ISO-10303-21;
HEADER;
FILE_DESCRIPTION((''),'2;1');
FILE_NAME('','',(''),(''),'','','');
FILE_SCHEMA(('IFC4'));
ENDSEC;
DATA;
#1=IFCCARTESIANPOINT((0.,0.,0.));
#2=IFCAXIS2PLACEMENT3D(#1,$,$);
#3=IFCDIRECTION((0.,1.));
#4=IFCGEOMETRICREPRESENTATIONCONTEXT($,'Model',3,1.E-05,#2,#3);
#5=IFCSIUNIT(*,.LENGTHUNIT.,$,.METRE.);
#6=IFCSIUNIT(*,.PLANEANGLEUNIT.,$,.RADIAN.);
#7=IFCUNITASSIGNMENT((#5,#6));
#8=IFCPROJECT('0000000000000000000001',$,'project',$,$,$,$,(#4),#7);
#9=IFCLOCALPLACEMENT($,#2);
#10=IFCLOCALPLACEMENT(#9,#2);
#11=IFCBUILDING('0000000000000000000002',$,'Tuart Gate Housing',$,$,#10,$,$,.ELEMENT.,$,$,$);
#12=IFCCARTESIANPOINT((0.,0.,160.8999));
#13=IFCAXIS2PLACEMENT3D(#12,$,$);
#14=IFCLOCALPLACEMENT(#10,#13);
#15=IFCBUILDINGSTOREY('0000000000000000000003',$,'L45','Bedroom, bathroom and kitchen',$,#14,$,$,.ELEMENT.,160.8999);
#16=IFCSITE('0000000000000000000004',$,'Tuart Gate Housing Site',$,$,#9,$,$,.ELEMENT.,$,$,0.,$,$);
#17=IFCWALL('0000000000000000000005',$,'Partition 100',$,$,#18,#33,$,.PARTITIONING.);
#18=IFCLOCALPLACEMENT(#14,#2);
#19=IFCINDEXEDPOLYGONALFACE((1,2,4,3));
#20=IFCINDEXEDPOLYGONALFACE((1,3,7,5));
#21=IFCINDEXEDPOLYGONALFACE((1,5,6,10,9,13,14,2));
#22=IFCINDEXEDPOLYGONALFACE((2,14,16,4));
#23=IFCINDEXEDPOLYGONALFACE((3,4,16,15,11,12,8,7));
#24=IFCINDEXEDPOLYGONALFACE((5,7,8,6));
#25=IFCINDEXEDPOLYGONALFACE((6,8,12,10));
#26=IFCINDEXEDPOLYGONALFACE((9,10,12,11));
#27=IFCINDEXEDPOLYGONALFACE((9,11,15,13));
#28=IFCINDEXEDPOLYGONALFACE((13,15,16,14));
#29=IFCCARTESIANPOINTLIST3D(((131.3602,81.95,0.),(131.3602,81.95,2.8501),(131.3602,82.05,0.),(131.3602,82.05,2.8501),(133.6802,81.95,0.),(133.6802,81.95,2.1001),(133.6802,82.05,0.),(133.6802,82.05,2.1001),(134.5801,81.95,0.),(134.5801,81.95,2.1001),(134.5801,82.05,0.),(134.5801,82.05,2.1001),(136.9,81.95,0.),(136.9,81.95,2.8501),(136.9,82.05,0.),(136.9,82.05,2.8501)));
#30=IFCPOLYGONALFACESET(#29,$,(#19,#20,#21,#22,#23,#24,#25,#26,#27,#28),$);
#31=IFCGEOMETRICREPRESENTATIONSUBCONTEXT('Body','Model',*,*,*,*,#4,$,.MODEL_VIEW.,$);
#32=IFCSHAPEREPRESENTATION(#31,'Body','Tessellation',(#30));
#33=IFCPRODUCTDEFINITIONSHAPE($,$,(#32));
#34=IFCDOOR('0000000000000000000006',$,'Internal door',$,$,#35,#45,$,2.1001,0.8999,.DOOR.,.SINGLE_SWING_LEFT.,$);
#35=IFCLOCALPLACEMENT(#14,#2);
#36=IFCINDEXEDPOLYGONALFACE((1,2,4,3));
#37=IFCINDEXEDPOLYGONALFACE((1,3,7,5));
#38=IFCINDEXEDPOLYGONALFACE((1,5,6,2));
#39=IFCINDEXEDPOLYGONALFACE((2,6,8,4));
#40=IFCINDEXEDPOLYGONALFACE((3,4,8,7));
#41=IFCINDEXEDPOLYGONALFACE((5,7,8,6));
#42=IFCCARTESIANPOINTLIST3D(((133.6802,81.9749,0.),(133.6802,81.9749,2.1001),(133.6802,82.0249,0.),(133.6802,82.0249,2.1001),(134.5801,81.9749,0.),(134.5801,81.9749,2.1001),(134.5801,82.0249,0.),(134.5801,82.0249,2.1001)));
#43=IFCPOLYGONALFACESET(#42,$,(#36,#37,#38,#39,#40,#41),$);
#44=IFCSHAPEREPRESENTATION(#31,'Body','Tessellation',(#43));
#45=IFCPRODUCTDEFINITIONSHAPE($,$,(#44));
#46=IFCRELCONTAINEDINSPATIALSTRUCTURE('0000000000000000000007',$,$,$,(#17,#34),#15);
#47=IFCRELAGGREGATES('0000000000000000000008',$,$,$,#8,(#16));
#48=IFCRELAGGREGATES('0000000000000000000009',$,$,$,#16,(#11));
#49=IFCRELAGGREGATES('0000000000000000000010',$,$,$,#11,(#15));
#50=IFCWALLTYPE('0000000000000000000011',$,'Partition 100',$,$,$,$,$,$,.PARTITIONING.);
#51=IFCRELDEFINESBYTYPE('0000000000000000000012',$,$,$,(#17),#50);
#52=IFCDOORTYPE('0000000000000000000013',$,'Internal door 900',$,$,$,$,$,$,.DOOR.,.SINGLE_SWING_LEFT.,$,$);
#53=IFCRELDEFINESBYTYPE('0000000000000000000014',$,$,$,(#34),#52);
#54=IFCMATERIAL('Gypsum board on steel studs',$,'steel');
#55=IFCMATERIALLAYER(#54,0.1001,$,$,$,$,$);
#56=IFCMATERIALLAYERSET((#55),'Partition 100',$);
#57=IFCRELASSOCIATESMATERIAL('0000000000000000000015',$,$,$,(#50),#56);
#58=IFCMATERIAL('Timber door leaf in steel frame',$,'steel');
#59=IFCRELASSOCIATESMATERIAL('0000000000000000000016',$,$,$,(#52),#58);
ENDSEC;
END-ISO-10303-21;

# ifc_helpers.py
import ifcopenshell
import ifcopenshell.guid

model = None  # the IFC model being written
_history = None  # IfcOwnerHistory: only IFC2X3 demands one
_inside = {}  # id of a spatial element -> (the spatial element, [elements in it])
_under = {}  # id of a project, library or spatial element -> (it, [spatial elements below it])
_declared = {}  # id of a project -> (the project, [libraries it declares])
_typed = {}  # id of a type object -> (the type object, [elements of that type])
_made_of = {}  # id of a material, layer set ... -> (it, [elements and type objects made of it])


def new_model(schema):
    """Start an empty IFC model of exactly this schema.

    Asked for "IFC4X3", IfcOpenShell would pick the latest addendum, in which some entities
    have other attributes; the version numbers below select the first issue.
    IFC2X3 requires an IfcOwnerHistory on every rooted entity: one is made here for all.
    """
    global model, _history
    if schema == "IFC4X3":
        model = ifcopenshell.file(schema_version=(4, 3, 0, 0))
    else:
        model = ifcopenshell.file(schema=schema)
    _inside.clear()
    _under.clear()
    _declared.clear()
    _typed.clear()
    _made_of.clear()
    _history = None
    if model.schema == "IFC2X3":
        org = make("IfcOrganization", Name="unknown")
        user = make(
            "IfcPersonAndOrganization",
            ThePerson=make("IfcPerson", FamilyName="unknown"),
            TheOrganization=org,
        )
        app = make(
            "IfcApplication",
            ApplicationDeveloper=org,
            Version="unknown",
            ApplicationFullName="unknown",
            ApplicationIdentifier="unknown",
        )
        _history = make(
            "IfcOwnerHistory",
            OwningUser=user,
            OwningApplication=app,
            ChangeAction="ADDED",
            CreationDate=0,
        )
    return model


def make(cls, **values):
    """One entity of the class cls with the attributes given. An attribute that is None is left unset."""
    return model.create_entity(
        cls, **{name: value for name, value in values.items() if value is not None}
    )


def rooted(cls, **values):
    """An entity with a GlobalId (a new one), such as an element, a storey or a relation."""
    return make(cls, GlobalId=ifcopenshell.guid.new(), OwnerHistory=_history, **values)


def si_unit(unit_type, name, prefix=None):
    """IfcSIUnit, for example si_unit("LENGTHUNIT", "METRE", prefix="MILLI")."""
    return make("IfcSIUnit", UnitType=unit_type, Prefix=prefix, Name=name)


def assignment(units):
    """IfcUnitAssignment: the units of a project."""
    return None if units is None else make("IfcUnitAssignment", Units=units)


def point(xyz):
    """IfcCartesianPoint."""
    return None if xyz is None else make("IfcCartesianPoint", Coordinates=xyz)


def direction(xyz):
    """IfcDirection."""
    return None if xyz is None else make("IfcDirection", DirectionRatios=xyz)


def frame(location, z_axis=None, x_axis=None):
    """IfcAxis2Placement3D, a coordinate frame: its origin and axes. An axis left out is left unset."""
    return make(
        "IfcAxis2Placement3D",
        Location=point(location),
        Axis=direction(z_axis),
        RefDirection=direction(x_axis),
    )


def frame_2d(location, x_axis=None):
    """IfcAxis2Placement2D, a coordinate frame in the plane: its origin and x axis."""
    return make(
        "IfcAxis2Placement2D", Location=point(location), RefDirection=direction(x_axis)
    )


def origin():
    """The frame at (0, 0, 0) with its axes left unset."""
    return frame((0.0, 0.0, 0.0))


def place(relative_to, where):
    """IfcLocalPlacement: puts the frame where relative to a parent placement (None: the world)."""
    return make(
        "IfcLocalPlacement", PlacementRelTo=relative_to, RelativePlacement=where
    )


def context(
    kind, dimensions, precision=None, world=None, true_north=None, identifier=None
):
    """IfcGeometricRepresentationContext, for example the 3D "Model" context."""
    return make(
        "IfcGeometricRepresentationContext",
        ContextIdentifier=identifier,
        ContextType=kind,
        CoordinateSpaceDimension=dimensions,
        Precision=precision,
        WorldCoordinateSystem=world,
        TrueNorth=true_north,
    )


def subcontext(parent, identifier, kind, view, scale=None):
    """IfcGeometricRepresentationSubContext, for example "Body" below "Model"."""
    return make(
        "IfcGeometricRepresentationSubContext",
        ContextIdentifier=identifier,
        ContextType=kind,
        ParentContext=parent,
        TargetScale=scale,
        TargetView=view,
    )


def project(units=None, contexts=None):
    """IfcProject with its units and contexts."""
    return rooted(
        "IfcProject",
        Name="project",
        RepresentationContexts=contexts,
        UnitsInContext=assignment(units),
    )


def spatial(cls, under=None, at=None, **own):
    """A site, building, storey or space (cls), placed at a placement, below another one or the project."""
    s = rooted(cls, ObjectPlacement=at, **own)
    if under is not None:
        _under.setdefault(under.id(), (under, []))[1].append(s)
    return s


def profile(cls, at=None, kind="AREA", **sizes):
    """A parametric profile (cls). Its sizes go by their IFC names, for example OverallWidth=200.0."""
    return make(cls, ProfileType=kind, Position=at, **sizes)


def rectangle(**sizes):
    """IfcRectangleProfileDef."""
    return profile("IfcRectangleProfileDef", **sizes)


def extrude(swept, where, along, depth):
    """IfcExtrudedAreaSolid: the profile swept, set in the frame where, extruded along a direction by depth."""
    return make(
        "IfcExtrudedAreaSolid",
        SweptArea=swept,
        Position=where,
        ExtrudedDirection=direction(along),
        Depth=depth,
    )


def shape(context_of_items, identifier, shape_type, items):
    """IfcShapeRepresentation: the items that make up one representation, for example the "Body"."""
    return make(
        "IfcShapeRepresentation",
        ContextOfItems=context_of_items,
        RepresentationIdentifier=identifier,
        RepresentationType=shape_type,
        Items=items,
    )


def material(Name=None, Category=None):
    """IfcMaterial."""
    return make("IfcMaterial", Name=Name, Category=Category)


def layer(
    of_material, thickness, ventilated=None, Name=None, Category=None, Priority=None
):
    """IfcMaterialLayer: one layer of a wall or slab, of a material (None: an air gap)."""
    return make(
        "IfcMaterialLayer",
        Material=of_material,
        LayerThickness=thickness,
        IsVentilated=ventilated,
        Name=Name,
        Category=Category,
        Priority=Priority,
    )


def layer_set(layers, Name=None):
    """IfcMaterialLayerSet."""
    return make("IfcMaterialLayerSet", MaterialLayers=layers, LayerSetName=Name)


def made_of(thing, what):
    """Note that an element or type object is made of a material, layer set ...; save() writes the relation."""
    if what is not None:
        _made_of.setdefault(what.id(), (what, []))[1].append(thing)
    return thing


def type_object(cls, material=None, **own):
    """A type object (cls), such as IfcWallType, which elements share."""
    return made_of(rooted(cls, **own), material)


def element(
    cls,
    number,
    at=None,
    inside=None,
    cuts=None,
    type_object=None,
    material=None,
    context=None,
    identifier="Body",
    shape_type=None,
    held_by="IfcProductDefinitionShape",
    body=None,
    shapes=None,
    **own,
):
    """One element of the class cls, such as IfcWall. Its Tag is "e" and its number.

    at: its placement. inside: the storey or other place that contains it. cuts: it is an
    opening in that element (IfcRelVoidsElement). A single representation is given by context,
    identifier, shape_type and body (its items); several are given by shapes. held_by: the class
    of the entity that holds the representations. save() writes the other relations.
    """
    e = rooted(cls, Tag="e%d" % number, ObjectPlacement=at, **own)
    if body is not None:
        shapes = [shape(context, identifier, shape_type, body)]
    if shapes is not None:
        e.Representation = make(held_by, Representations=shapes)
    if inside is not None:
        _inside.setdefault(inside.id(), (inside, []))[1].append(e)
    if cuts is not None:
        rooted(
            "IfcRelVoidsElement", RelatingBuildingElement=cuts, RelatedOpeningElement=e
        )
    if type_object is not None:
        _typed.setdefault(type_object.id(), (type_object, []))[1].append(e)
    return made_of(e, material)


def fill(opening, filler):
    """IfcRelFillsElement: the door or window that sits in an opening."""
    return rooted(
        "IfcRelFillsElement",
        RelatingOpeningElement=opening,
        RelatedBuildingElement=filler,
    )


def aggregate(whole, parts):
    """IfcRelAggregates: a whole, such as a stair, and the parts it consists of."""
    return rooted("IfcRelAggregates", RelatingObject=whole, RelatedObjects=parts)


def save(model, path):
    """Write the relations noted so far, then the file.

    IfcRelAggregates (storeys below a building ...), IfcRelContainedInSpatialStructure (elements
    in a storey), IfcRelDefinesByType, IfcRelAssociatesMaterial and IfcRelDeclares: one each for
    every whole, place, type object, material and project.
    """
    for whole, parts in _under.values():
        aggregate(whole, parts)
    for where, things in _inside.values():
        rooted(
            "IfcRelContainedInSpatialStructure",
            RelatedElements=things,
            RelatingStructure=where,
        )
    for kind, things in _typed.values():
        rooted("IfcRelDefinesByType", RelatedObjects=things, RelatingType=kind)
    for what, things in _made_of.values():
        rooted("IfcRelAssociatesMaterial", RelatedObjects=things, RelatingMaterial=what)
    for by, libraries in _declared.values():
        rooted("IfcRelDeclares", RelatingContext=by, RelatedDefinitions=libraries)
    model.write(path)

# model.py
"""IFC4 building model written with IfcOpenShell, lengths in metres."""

from ifc_helpers import new_model, si_unit, direction, frame, frame_2d, origin, place, context, subcontext, project, spatial, rectangle, extrude, material, layer, layer_set, type_object, element, fill, save


model = new_model("IFC4")

# Units and contexts
model_context = context("Model", 3, precision=1e-05, world=origin(), true_north=direction((0.0, 1.0)))
body_context = subcontext(model_context, "Body", "Model", "MODEL_VIEW")
ifc_project = project(units=[si_unit("LENGTHUNIT", "METRE"), si_unit("PLANEANGLEUNIT", "RADIAN")], contexts=[model_context])

# Site, building, storey
site_placement = place(None, origin())
site = spatial("IfcSite", under=ifc_project, at=site_placement, Name="Tuart Gate Housing Site", CompositionType="ELEMENT", RefElevation=0.0)
building_placement = place(site_placement, origin())
building = spatial("IfcBuilding", under=site, at=building_placement, Name="Tuart Gate Housing", CompositionType="ELEMENT")
storey_placement = place(building_placement, frame((0.0, 0.0, 160.8999)))
storey = spatial("IfcBuildingStorey", under=building, at=storey_placement, Name="L45", Description="Bedroom, bathroom and kitchen", CompositionType="ELEMENT", Elevation=160.8999)

# Shared definitions
ifc_material_1 = material(Name="Gypsum board on steel studs", Category="steel")
ifc_layer_1 = layer(ifc_material_1, 0.1001)
ifc_layer_set_1 = layer_set([ifc_layer_1], Name="Partition 100")
wall_type_1 = type_object("IfcWallType", Name="Partition 100", PredefinedType="PARTITIONING", material=ifc_layer_set_1)

# Wall, opening, door
wall_1_placement = place(storey_placement, frame((131.3601, 82.0, 0.0), z_axis=(0.0, 0.0, 1.0), x_axis=(1.0, 0.0, 0.0)))
wall_1 = element("IfcWall", 1, at=wall_1_placement, inside=storey, type_object=wall_type_1, Name="Partition 100", PredefinedType="PARTITIONING", context=body_context, shape_type="SweptSolid", body=[
    extrude(rectangle(XDim=5.5398, YDim=0.1001, at=frame_2d((2.77, 0.0))), origin(), (0.0, 0.0, 1.0), 2.8501),
])
opening_1_placement = place(wall_1_placement, frame((2.3201, 0.0, 0.0)))
opening_1 = element("IfcOpeningElement", 2, at=opening_1_placement, cuts=wall_1, PredefinedType="OPENING", context=body_context, shape_type="SweptSolid", body=[
    extrude(rectangle(XDim=0.8999, YDim=2.1001, at=frame_2d((0.45, 1.05))), frame((0.0, 0.0601, 0.0), z_axis=(0.0, -1.0, 0.0), x_axis=(1.0, 0.0, 0.0)), (0.0, 0.0, 1.0), 0.1201),
])
ifc_material_2 = material(Name="Timber door leaf in steel frame", Category="steel")
door_type = type_object("IfcDoorType", Name="Internal door 900", OperationType="SINGLE_SWING_LEFT", PredefinedType="DOOR", material=ifc_material_2)
door_placement = place(opening_1_placement, origin())
door = element("IfcDoor", 3, at=door_placement, inside=storey, type_object=door_type, Name="Internal door", OperationType="SINGLE_SWING_LEFT", OverallHeight=2.1001, OverallWidth=0.8999, PredefinedType="DOOR", context=body_context, shape_type="SweptSolid", body=[
    extrude(rectangle(XDim=0.8999, YDim=2.1001, at=frame_2d((0.45, 1.05))), frame((0.0, 0.0249, 0.0), z_axis=(0.0, -1.0, 0.0), x_axis=(1.0, 0.0, 0.0)), (0.0, 0.0, 1.0), 0.05),
])
fill(opening_1, door)

save(model, "model.ifc")
